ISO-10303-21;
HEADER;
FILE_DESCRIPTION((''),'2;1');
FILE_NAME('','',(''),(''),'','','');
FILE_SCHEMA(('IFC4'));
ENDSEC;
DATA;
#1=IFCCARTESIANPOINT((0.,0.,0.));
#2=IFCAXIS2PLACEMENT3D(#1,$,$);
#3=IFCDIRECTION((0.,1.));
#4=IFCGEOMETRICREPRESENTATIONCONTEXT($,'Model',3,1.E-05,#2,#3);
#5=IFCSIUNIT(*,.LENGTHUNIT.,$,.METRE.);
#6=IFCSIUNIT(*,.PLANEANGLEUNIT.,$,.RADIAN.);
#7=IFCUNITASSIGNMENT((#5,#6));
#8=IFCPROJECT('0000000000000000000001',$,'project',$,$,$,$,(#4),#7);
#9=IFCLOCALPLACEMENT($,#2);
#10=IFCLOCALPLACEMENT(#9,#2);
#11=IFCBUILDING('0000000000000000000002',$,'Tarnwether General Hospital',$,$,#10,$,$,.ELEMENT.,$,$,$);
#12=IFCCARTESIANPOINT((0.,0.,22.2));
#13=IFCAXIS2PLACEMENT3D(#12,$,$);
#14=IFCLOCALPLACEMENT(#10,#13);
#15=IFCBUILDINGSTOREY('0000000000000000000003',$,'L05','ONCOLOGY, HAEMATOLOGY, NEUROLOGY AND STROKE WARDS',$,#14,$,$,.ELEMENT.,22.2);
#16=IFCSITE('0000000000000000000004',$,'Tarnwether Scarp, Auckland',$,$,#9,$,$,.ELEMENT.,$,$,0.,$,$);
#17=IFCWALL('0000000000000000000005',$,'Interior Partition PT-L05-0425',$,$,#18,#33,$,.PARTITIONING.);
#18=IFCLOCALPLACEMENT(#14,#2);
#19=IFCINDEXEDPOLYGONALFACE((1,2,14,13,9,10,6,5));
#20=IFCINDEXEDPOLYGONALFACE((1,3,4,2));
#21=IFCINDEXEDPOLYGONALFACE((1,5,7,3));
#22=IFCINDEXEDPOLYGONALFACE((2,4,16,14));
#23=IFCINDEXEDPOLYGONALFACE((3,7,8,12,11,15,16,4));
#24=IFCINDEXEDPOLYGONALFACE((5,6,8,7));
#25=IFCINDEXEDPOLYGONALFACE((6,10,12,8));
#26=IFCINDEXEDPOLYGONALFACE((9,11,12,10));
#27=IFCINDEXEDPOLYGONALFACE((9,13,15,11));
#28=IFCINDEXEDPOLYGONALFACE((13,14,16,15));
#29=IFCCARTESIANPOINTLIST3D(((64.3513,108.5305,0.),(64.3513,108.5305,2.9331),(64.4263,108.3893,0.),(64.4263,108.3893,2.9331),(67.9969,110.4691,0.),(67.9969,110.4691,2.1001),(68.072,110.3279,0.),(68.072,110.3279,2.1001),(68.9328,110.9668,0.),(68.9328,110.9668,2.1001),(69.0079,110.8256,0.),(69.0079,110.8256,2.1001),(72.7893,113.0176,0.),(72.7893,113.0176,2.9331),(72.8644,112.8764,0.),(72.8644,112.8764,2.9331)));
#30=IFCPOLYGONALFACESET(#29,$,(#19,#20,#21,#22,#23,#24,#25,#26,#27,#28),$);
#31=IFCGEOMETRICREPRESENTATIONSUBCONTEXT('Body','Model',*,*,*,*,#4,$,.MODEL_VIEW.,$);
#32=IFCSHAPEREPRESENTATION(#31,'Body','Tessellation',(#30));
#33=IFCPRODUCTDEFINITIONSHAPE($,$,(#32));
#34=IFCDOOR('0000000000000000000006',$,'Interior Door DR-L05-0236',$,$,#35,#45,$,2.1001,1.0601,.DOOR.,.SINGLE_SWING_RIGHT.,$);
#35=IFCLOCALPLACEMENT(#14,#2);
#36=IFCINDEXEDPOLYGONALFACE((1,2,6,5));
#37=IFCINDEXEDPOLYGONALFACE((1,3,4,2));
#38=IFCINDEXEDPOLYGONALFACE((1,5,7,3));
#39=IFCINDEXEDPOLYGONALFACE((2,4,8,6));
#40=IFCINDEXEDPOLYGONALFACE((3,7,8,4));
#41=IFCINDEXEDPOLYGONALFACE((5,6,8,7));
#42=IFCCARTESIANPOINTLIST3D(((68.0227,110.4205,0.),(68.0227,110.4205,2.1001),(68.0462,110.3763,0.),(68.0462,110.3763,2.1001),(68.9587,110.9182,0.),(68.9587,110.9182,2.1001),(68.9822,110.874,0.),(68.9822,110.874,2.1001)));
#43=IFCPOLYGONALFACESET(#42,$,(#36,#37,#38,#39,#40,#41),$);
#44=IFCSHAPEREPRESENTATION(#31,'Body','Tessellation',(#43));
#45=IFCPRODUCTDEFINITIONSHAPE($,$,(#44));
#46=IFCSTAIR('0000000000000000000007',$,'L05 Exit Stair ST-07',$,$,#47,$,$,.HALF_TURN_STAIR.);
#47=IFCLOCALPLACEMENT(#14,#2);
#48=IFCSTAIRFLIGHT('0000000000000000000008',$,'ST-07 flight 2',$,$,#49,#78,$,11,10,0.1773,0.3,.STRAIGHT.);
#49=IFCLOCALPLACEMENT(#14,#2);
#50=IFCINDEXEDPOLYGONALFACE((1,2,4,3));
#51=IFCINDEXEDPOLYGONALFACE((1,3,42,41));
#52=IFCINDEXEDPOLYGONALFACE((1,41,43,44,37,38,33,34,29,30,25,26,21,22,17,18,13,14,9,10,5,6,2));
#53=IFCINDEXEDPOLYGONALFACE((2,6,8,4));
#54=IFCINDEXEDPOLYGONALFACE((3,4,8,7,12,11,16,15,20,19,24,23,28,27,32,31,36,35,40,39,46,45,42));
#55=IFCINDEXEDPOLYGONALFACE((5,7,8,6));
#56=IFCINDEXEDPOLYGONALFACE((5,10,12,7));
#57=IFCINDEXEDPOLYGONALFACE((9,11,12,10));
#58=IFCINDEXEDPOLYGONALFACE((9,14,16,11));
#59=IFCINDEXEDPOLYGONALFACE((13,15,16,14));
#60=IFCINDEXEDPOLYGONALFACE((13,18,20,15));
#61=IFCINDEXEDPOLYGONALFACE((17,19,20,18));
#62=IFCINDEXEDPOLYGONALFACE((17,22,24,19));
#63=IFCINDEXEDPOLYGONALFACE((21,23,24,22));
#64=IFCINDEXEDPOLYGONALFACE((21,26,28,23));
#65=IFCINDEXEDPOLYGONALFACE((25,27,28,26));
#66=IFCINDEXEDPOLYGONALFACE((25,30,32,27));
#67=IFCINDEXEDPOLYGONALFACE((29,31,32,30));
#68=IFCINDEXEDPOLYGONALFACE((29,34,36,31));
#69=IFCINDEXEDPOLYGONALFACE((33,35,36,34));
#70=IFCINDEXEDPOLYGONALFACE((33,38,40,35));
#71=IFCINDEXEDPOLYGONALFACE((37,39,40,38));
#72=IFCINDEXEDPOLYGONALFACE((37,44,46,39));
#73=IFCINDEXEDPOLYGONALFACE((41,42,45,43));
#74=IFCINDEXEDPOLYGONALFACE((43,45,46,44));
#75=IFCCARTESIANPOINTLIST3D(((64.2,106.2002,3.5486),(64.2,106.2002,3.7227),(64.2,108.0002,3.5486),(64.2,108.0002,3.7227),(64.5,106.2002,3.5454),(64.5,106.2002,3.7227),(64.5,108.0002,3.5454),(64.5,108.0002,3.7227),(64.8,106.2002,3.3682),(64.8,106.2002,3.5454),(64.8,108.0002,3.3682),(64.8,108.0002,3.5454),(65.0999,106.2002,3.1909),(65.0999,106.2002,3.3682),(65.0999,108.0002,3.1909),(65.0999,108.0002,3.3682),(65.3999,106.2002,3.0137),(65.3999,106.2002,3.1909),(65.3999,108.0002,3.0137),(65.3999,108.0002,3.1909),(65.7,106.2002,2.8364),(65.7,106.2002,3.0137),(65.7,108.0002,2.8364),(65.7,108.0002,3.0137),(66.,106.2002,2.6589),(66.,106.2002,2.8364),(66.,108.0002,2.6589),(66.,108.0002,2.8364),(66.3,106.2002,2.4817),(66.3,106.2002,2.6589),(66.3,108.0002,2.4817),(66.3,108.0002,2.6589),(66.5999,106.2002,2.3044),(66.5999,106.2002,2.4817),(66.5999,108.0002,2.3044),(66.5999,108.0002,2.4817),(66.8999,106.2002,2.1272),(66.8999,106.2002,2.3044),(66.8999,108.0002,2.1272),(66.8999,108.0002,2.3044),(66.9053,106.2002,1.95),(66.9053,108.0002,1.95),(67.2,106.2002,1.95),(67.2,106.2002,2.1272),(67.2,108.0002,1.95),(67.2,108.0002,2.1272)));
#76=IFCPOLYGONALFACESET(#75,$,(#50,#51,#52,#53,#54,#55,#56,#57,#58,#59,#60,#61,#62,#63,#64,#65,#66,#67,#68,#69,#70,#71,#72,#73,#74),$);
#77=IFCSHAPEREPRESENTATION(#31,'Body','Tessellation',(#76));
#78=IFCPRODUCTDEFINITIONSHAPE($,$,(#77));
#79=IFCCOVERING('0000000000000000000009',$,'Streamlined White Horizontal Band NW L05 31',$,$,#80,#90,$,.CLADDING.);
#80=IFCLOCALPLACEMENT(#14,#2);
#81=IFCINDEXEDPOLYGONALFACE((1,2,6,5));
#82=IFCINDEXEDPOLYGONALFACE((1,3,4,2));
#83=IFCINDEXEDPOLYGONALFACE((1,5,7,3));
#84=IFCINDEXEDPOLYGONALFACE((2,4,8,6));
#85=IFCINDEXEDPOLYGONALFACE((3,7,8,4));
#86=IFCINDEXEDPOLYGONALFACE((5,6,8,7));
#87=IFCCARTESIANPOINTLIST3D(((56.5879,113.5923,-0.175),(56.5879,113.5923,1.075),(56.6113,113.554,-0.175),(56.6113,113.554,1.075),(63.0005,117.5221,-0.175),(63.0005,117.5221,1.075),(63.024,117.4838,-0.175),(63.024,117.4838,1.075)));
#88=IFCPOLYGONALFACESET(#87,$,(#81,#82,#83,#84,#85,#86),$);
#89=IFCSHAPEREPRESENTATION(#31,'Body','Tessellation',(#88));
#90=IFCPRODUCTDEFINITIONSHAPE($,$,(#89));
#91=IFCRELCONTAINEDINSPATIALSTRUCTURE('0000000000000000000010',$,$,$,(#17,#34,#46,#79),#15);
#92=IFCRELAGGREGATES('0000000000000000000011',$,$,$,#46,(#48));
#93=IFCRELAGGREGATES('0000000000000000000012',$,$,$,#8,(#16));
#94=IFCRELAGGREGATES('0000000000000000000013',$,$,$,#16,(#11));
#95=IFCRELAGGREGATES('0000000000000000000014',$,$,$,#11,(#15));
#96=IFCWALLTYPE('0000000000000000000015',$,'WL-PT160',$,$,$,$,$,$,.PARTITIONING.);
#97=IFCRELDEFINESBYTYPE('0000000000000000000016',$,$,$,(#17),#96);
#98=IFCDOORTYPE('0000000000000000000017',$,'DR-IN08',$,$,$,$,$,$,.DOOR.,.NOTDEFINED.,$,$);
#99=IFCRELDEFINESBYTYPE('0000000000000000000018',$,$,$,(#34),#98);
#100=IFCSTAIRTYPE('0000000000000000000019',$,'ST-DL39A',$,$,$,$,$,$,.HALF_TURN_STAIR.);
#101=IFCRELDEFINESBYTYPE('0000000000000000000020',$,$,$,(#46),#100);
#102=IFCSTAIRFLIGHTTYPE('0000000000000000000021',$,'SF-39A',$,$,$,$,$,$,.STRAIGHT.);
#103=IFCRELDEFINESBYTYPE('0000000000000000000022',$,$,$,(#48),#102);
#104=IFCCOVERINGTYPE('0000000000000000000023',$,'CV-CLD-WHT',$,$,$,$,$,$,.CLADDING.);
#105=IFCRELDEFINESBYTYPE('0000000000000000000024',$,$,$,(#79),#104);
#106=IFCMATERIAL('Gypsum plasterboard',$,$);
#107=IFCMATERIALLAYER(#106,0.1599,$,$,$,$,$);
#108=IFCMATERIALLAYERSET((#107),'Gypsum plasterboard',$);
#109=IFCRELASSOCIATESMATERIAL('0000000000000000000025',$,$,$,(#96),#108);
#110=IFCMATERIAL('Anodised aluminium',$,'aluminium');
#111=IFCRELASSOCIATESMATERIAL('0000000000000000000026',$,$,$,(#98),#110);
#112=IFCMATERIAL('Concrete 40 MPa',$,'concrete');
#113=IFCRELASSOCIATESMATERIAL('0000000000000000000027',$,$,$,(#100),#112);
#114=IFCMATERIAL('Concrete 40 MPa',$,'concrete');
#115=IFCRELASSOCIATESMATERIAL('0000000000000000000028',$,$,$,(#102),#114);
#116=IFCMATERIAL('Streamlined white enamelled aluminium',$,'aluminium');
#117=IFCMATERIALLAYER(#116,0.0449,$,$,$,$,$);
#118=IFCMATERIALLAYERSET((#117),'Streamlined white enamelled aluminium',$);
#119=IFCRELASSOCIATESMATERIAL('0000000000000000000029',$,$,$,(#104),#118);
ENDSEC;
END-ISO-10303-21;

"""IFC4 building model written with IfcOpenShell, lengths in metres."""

from ifc_helpers import new_model, si_unit, direction, frame, frame_2d, origin, origin_2d, place, context, subcontext, project, spatial, polyline, rectangle, outline, extrude, material, layer, layer_set, type_object, element, fill, aggregate, save


model = new_model("IFC4")

# Units and contexts
model_context = context("Model", 3, precision=1e-05, world=origin(), true_north=direction((0.0, 1.0)))
body_context = subcontext(model_context, "Body", "Model", "MODEL_VIEW")
ifc_project = project(units=[si_unit("LENGTHUNIT", "METRE"), si_unit("PLANEANGLEUNIT", "RADIAN")], contexts=[model_context])

# Site, building, storey
site_placement = place(None, origin())
site = spatial("IfcSite", under=ifc_project, at=site_placement, Name="Tarnwether Scarp, Auckland", CompositionType="ELEMENT", RefElevation=0.0)
building_placement = place(site_placement, origin())
building = spatial("IfcBuilding", under=site, at=building_placement, Name="Tarnwether General Hospital", CompositionType="ELEMENT")
storey_placement = place(building_placement, frame((0.0, 0.0, 22.2)))
storey = spatial("IfcBuildingStorey", under=building, at=storey_placement, Name="L05", Description="ONCOLOGY, HAEMATOLOGY, NEUROLOGY AND STROKE WARDS", CompositionType="ELEMENT", Elevation=22.2)

# Wall, opening, door
ifc_material_1 = material(Name="Gypsum plasterboard")
ifc_layer_1 = layer(ifc_material_1, 0.1599)
ifc_layer_set_1 = layer_set([ifc_layer_1], Name="Gypsum plasterboard")
wall_type_1 = type_object("IfcWallType", Name="WL-PT160", PredefinedType="PARTITIONING", material=ifc_layer_set_1)
wall_1_placement = place(storey_placement, frame((64.3889, 108.46, 0.0), z_axis=(0.0, 0.0, 1.0), x_axis=(0.882926, 0.469513, 0.0)))
wall_1 = element("IfcWall", 1, at=wall_1_placement, inside=storey, type_object=wall_type_1, Name="Interior Partition PT-L05-0425", PredefinedType="PARTITIONING", context=body_context, shape_type="SweptSolid", body=[
    extrude(rectangle(XDim=9.5569, YDim=0.1599, at=frame_2d((4.7783, 0.0))), origin(), (0.0, 0.0, 1.0), 2.9331),
])
opening_placement = place(wall_1_placement, frame((4.1289, 0.0, 0.0)))
opening = element("IfcOpeningElement", 2, at=opening_placement, cuts=wall_1, PredefinedType="OPENING", context=body_context, shape_type="SweptSolid", body=[
    extrude(rectangle(XDim=1.0601, YDim=2.1001, at=frame_2d((0.53, 1.05))), frame((0.0, 0.0898, 0.0), z_axis=(0.0, -1.0, 0.0), x_axis=(1.0, 0.0, 0.0)), (0.0, 0.0, 1.0), 0.1799),
])
ifc_material_2 = material(Name="Anodised aluminium", Category="aluminium")
door_type = type_object("IfcDoorType", Name="DR-IN08", OperationType="NOTDEFINED", PredefinedType="DOOR", material=ifc_material_2)
door_placement = place(opening_placement, origin())
door = element("IfcDoor", 3, at=door_placement, inside=storey, type_object=door_type, Name="Interior Door DR-L05-0236", OperationType="SINGLE_SWING_RIGHT", OverallHeight=2.1001, OverallWidth=1.0601, PredefinedType="DOOR", context=body_context, shape_type="SweptSolid", body=[
    extrude(rectangle(XDim=1.0601, YDim=2.1001, at=frame_2d((0.53, 1.05))), frame((0.0, 0.0249, 0.0), z_axis=(0.0, -1.0, 0.0), x_axis=(1.0, 0.0, 0.0)), (0.0, 0.0, 1.0), 0.05),
])
fill(opening, door)

# Stair, stair flight
ifc_material_3 = material(Name="Concrete 40 MPa", Category="concrete")
stair_type = type_object("IfcStairType", Name="ST-DL39A", PredefinedType="HALF_TURN_STAIR", material=ifc_material_3)
stair_placement = place(storey_placement, origin())
stair = element("IfcStair", 4, at=stair_placement, inside=storey, type_object=stair_type, Name="L05 Exit Stair ST-07", PredefinedType="HALF_TURN_STAIR")
ifc_material_4 = material(Name="Concrete 40 MPa", Category="concrete")
stair_flight_type = type_object("IfcStairFlightType", Name="SF-39A", PredefinedType="STRAIGHT", material=ifc_material_4)
stair_flight_placement = place(storey_placement, frame((67.2, 107.1001, 1.95), z_axis=(0.0, 0.0, 1.0), x_axis=(-1.0, 0.0, 0.0)))
stair_flight = element("IfcStairFlight", 5, at=stair_flight_placement, type_object=stair_flight_type, Name="ST-07 flight 2", NumberOfRisers=11, NumberOfTreads=10, PredefinedType="STRAIGHT", RiserHeight=0.1773, TreadLength=0.3, context=body_context, shape_type="SweptSolid", body=[
    extrude(outline(polyline([(0.0, 0.0), (0.0, 0.1772), (0.3, 0.1772), (0.3, 0.3545), (0.6001, 0.3545), (0.6001, 0.5317), (0.8999, 0.5317), (0.8999, 0.709), (1.2, 0.709), (1.2, 0.8865), (1.5, 0.8865), (1.5, 1.0637), (1.8, 1.0637), (1.8, 1.241), (2.1001, 1.241), (2.1001, 1.4182), (2.3999, 1.4182), (2.3999, 1.5955), (2.7, 1.5955), (2.7, 1.7727), (3.0, 1.7727), (3.0, 1.95), (3.0, 1.5986), (0.2947, 0.0), (0.0, 0.0)])), frame((0.0, 0.8999, 0.0), z_axis=(0.0, -1.0, 0.0), x_axis=(1.0, 0.0, 0.0)), (0.0, 0.0, 1.0), 1.8),
])
aggregate(stair, [stair_flight])

# Covering
ifc_material_5 = material(Name="Streamlined white enamelled aluminium", Category="aluminium")
ifc_layer_2 = layer(ifc_material_5, 0.0449)
ifc_layer_set_2 = layer_set([ifc_layer_2], Name="Streamlined white enamelled aluminium")
covering_type = type_object("IfcCoveringType", Name="CV-CLD-WHT", PredefinedType="CLADDING", material=ifc_layer_set_2)
covering_placement = place(storey_placement, frame((59.8059, 115.5381, -0.175), z_axis=(0.0, 0.0, 1.0), x_axis=(0.852631, 0.522513, 0.0)))
element("IfcCovering", 6, at=covering_placement, inside=storey, type_object=covering_type, Name="Streamlined White Horizontal Band NW L05 31", PredefinedType="CLADDING", context=body_context, shape_type="SweptSolid", body=[
    extrude(rectangle(XDim=7.521, YDim=0.0449, at=origin_2d()), origin(), (0.0, 0.0, 1.0), 1.25),
])

save(model, "model.ifc")
